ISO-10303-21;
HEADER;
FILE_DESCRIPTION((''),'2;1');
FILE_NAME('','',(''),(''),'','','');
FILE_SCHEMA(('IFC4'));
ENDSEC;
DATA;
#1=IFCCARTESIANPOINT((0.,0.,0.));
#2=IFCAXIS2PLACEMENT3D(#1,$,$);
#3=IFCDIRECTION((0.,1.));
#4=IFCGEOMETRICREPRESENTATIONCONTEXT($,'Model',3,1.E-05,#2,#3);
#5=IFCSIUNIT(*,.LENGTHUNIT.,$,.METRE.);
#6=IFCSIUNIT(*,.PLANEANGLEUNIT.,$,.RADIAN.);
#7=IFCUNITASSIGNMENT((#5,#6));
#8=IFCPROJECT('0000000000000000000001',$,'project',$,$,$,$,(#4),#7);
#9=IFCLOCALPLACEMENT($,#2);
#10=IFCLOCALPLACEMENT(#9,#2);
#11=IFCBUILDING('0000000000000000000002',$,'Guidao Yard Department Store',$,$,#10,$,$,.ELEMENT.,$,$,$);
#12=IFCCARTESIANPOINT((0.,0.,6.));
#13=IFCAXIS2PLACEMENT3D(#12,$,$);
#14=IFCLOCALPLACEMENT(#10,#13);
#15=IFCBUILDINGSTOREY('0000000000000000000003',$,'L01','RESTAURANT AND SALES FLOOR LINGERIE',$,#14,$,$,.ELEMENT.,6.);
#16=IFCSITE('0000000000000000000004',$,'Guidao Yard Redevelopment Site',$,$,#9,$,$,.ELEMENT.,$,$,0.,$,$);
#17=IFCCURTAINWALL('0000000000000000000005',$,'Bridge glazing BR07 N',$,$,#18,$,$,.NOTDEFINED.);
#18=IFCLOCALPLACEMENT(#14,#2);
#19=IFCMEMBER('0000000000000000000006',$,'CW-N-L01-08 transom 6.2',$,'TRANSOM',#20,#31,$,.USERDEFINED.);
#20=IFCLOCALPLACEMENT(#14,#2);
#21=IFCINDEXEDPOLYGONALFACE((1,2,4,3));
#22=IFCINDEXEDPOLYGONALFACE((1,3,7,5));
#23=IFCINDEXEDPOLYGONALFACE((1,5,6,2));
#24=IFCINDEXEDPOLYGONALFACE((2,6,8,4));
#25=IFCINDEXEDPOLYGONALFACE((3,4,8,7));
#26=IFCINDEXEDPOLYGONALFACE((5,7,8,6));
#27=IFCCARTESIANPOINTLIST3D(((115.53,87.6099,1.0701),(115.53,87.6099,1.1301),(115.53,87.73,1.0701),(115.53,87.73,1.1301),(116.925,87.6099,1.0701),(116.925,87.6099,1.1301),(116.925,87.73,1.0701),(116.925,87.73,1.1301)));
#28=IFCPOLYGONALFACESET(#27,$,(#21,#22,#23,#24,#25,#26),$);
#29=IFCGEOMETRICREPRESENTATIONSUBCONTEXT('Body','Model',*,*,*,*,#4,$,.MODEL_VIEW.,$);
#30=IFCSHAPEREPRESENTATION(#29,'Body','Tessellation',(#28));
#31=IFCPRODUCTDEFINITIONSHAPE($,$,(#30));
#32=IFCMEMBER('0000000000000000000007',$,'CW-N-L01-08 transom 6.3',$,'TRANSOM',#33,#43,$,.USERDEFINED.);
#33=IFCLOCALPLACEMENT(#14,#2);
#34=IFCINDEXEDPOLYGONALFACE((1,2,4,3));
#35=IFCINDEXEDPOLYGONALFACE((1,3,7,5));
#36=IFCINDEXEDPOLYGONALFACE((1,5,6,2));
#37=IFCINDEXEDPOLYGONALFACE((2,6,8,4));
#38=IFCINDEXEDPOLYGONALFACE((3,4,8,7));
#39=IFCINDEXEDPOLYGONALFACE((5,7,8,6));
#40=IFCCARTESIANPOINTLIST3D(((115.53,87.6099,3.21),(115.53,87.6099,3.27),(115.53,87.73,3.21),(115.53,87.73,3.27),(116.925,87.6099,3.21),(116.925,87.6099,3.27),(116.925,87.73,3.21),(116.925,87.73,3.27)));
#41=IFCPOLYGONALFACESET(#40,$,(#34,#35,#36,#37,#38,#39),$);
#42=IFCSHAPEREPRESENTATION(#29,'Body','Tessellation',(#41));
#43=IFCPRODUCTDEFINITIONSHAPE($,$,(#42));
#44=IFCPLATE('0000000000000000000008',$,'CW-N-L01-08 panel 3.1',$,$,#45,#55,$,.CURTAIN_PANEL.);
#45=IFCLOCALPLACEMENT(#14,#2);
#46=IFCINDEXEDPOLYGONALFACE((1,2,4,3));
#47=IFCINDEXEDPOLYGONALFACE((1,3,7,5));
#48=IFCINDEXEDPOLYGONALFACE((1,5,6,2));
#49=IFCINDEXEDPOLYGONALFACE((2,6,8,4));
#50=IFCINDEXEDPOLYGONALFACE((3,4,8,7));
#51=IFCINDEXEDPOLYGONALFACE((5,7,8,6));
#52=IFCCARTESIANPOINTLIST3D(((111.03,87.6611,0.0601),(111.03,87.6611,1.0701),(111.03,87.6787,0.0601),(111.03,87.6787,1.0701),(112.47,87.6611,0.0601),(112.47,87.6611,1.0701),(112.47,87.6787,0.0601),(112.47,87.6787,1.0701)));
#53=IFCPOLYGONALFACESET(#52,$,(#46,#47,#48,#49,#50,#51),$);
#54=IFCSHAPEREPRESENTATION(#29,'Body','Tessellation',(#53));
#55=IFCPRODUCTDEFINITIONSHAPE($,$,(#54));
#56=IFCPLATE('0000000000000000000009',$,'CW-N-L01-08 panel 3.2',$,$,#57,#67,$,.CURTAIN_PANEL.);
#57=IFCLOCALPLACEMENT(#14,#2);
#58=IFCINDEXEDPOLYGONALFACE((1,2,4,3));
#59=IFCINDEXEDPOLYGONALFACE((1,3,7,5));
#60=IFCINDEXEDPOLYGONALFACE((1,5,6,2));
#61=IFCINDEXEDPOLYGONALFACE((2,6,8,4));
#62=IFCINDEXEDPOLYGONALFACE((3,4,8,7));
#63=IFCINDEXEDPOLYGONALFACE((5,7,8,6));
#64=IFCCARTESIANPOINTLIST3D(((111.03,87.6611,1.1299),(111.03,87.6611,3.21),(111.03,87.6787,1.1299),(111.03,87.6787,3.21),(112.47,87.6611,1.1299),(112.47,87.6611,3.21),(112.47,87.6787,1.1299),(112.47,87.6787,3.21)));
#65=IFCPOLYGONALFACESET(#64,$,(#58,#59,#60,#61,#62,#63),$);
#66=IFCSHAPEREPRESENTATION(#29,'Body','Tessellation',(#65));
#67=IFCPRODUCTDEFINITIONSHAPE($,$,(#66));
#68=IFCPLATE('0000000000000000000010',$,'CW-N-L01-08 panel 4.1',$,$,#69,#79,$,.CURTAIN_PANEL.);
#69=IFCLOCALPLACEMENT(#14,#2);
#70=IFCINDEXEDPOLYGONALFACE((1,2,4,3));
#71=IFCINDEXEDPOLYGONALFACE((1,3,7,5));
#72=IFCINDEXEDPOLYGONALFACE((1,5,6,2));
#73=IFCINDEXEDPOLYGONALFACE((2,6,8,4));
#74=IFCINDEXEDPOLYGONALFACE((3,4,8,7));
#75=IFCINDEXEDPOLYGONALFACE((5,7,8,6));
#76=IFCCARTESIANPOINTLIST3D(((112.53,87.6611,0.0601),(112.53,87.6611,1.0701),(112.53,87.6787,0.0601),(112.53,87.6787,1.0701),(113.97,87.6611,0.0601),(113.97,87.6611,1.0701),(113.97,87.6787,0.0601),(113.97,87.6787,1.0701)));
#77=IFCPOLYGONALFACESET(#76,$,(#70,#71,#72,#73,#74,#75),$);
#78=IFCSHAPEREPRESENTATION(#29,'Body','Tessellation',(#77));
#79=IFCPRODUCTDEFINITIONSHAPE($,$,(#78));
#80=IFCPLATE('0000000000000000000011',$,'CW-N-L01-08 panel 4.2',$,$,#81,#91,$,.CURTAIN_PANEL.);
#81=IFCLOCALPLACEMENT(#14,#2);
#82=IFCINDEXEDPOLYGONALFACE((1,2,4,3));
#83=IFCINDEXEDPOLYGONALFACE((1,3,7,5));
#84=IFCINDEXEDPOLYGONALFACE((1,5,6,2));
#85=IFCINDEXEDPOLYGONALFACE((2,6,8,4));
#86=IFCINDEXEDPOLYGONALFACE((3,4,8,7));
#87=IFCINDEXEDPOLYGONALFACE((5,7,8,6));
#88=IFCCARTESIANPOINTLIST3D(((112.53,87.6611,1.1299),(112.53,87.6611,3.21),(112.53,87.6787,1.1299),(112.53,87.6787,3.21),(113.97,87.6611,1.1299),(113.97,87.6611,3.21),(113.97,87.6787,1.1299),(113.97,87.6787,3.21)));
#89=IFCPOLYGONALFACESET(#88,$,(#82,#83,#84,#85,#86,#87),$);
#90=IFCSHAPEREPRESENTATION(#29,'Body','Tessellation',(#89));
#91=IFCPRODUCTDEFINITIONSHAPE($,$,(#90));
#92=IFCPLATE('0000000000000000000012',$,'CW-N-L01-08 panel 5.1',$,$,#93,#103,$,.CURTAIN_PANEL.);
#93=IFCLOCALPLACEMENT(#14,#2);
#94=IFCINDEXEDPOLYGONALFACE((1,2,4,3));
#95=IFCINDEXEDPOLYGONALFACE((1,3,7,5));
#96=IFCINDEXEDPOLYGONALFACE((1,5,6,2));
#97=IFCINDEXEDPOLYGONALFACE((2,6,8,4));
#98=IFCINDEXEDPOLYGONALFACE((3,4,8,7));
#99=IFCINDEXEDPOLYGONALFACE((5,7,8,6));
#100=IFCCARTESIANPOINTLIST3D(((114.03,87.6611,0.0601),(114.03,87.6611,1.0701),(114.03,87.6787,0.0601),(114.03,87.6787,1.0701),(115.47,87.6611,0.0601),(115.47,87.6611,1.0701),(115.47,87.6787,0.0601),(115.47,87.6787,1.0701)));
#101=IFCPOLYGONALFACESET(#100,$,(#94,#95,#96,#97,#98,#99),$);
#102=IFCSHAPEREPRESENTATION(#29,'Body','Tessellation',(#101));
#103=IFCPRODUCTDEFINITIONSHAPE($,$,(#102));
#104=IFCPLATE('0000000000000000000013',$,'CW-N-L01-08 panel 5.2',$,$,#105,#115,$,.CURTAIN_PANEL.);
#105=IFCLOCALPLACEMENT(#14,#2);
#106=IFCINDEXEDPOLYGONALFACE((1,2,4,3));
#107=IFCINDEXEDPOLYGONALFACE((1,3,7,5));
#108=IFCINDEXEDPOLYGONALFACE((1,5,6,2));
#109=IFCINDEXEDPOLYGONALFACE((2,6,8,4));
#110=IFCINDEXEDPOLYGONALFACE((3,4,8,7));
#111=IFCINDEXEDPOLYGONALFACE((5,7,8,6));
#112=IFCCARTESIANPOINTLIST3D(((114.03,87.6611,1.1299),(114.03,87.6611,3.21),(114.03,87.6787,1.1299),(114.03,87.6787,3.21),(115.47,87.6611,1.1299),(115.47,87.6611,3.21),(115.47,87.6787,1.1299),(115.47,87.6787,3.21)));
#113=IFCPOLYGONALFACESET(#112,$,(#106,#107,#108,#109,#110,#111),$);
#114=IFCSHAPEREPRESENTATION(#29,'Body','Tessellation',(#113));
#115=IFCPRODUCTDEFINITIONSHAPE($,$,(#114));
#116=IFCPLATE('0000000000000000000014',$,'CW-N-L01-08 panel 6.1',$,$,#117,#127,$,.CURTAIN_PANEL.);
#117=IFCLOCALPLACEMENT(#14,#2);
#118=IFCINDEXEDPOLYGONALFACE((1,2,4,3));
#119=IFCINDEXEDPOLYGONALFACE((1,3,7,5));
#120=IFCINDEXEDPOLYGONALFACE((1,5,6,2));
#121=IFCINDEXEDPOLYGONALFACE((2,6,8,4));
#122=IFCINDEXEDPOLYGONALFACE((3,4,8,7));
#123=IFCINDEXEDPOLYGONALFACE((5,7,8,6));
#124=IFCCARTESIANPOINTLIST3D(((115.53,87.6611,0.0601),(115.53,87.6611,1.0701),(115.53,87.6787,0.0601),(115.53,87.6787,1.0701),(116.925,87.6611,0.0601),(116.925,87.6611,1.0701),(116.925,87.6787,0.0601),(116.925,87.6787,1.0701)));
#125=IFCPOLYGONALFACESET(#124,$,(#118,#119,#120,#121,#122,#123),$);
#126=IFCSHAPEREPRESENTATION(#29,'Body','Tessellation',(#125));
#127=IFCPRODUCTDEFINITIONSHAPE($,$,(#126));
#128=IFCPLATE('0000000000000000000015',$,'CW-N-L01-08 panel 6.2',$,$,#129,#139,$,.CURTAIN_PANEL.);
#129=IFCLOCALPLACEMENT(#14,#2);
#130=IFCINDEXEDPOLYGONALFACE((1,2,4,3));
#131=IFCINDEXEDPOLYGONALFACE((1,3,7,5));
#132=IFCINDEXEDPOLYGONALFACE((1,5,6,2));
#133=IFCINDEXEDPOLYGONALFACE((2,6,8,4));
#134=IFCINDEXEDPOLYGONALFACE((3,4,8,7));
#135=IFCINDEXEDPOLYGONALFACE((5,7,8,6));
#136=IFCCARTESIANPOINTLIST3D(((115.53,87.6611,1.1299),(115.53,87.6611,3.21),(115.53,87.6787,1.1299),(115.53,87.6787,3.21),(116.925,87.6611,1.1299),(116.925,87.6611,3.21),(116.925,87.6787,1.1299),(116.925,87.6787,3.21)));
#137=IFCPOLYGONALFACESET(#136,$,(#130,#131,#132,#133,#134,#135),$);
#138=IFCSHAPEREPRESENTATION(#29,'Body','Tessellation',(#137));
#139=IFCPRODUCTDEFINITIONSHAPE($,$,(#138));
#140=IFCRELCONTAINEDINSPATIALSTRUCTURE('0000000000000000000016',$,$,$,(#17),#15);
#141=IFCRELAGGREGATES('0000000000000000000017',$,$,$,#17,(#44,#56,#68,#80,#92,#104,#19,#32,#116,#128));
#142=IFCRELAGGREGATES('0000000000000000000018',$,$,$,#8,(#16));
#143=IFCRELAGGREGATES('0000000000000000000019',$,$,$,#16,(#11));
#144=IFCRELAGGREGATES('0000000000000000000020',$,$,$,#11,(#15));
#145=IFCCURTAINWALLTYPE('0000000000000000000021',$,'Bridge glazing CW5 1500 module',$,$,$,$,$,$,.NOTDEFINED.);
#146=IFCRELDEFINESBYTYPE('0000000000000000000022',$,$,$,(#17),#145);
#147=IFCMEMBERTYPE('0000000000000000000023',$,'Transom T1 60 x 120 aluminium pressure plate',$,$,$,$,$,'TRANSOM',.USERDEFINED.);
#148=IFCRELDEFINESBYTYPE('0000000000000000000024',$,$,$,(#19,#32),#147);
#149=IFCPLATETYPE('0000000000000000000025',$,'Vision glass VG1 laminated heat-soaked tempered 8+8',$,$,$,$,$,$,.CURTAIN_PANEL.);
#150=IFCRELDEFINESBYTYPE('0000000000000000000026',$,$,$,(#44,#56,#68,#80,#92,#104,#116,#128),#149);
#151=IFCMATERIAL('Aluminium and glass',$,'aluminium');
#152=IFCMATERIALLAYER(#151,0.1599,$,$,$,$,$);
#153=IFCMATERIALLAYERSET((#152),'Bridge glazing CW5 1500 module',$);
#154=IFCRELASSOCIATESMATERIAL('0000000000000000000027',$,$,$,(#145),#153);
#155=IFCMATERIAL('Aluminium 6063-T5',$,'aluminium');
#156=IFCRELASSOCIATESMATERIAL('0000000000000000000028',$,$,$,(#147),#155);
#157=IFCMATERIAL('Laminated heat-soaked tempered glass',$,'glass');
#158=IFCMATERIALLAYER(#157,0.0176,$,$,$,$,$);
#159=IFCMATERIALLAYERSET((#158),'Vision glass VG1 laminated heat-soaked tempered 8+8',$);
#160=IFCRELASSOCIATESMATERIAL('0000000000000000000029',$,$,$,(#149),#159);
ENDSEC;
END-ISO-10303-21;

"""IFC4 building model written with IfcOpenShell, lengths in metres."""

from ifc_helpers import new_model, si_unit, direction, frame, origin, origin_2d, place, context, subcontext, project, spatial, rectangle, extrude, material, layer, layer_set, material_profile, profile_set, type_object, element, aggregate, save


model = new_model("IFC4")

# Units and contexts
model_context = context("Model", 3, precision=1e-05, world=origin(), true_north=direction((0.0, 1.0)))
body_context = subcontext(model_context, "Body", "Model", "MODEL_VIEW")
ifc_project = project(units=[si_unit("LENGTHUNIT", "METRE"), si_unit("PLANEANGLEUNIT", "RADIAN")], contexts=[model_context])

# Site, building, storey
site_placement = place(None, origin())
site = spatial("IfcSite", under=ifc_project, at=site_placement, Name="Guidao Yard Redevelopment Site", CompositionType="ELEMENT", RefElevation=0.0)
building_placement = place(site_placement, origin())
building = spatial("IfcBuilding", under=site, at=building_placement, Name="Guidao Yard Department Store", CompositionType="ELEMENT")
storey_placement = place(building_placement, frame((0.0, 0.0, 6.0)))
storey = spatial("IfcBuildingStorey", under=building, at=storey_placement, Name="L01", Description="RESTAURANT AND SALES FLOOR LINGERIE", CompositionType="ELEMENT", Elevation=6.0)

# Curtain wall, members, plates
ifc_material_1 = material(Name="Aluminium and glass", Category="aluminium")
ifc_layer_1 = layer(ifc_material_1, 0.1599)
ifc_layer_set_1 = layer_set([ifc_layer_1], Name="Bridge glazing CW5 1500 module")
curtain_wall_type = type_object("IfcCurtainWallType", Name="Bridge glazing CW5 1500 module", PredefinedType="NOTDEFINED", material=ifc_layer_set_1)
curtain_wall_placement = place(storey_placement, origin())
curtain_wall = element("IfcCurtainWall", 1, at=curtain_wall_placement, inside=storey, type_object=curtain_wall_type, Name="Bridge glazing BR07 N", PredefinedType="NOTDEFINED")
ifc_material_2 = material(Name="Aluminium 6063-T5", Category="aluminium")
ifc_material_profile_1 = material_profile(ifc_material_2, rectangle(XDim=0.1201, YDim=0.0601, at=origin_2d()), Name="Transom T1 60 x 120 aluminium pressure plate")
ifc_profile_set_1 = profile_set([ifc_material_profile_1], Name="Aluminium 6063-T5")
member_type_1 = type_object("IfcMemberType", Name="Transom T1 60 x 120 aluminium pressure plate", ElementType="TRANSOM", PredefinedType="USERDEFINED", material=ifc_profile_set_1)
member_1_placement = place(storey_placement, frame((115.53, 87.6699, 1.1001), z_axis=(1.0, 0.0, 0.0), x_axis=(0.0, 1.0, 0.0)))
member_1 = element("IfcMember", 2, at=member_1_placement, type_object=member_type_1, Name="CW-N-L01-08 transom 6.2", ObjectType="TRANSOM", PredefinedType="USERDEFINED", context=body_context, shape_type="SweptSolid", body=[
    extrude(rectangle(XDim=0.1201, YDim=0.0601, at=origin_2d()), origin(), (0.0, 0.0, 1.0), 1.395),
])
member_2_placement = place(storey_placement, frame((115.53, 87.6699, 3.24), z_axis=(1.0, 0.0, 0.0), x_axis=(0.0, 1.0, 0.0)))
member_2 = element("IfcMember", 3, at=member_2_placement, type_object=member_type_1, Name="CW-N-L01-08 transom 6.3", ObjectType="TRANSOM", PredefinedType="USERDEFINED", context=body_context, shape_type="SweptSolid", body=[
    extrude(rectangle(XDim=0.1201, YDim=0.0601, at=origin_2d()), origin(), (0.0, 0.0, 1.0), 1.395),
])
ifc_material_3 = material(Name="Laminated heat-soaked tempered glass", Category="glass")
ifc_layer_2 = layer(ifc_material_3, 0.0176)
ifc_layer_set_2 = layer_set([ifc_layer_2], Name="Vision glass VG1 laminated heat-soaked tempered 8+8")
plate_type = type_object("IfcPlateType", Name="Vision glass VG1 laminated heat-soaked tempered 8+8", PredefinedType="CURTAIN_PANEL", material=ifc_layer_set_2)
plate_1_placement = place(storey_placement, frame((111.75, 87.6699, 0.0601), z_axis=(0.0, 0.0, 1.0), x_axis=(1.0, 0.0, 0.0)))
plate_1 = element("IfcPlate", 4, at=plate_1_placement, type_object=plate_type, Name="CW-N-L01-08 panel 3.1", PredefinedType="CURTAIN_PANEL", context=body_context, shape_type="SweptSolid", body=[
    extrude(rectangle(XDim=1.4399, YDim=0.0176, at=origin_2d()), origin(), (0.0, 0.0, 1.0), 1.01),
])
plate_2_placement = place(storey_placement, frame((111.75, 87.6699, 1.1299), z_axis=(0.0, 0.0, 1.0), x_axis=(1.0, 0.0, 0.0)))
plate_2 = element("IfcPlate", 5, at=plate_2_placement, type_object=plate_type, Name="CW-N-L01-08 panel 3.2", PredefinedType="CURTAIN_PANEL", context=body_context, shape_type="SweptSolid", body=[
    extrude(rectangle(XDim=1.4399, YDim=0.0176, at=origin_2d()), origin(), (0.0, 0.0, 1.0), 2.0801),
])
plate_3_placement = place(storey_placement, frame((113.25, 87.6699, 0.0601), z_axis=(0.0, 0.0, 1.0), x_axis=(1.0, 0.0, 0.0)))
plate_3 = element("IfcPlate", 6, at=plate_3_placement, type_object=plate_type, Name="CW-N-L01-08 panel 4.1", PredefinedType="CURTAIN_PANEL", context=body_context, shape_type="SweptSolid", body=[
    extrude(rectangle(XDim=1.4399, YDim=0.0176, at=origin_2d()), origin(), (0.0, 0.0, 1.0), 1.01),
])
plate_4_placement = place(storey_placement, frame((113.25, 87.6699, 1.1299), z_axis=(0.0, 0.0, 1.0), x_axis=(1.0, 0.0, 0.0)))
plate_4 = element("IfcPlate", 7, at=plate_4_placement, type_object=plate_type, Name="CW-N-L01-08 panel 4.2", PredefinedType="CURTAIN_PANEL", context=body_context, shape_type="SweptSolid", body=[
    extrude(rectangle(XDim=1.4399, YDim=0.0176, at=origin_2d()), origin(), (0.0, 0.0, 1.0), 2.0801),
])
plate_5_placement = place(storey_placement, frame((114.75, 87.6699, 0.0601), z_axis=(0.0, 0.0, 1.0), x_axis=(1.0, 0.0, 0.0)))
plate_5 = element("IfcPlate", 8, at=plate_5_placement, type_object=plate_type, Name="CW-N-L01-08 panel 5.1", PredefinedType="CURTAIN_PANEL", context=body_context, shape_type="SweptSolid", body=[
    extrude(rectangle(XDim=1.4399, YDim=0.0176, at=origin_2d()), origin(), (0.0, 0.0, 1.0), 1.01),
])
plate_6_placement = place(storey_placement, frame((114.75, 87.6699, 1.1299), z_axis=(0.0, 0.0, 1.0), x_axis=(1.0, 0.0, 0.0)))
plate_6 = element("IfcPlate", 9, at=plate_6_placement, type_object=plate_type, Name="CW-N-L01-08 panel 5.2", PredefinedType="CURTAIN_PANEL", context=body_context, shape_type="SweptSolid", body=[
    extrude(rectangle(XDim=1.4399, YDim=0.0176, at=origin_2d()), origin(), (0.0, 0.0, 1.0), 2.0801),
])
plate_7_placement = place(storey_placement, frame((116.2275, 87.6699, 0.0601), z_axis=(0.0, 0.0, 1.0), x_axis=(1.0, 0.0, 0.0)))
plate_7 = element("IfcPlate", 10, at=plate_7_placement, type_object=plate_type, Name="CW-N-L01-08 panel 6.1", PredefinedType="CURTAIN_PANEL", context=body_context, shape_type="SweptSolid", body=[
    extrude(rectangle(XDim=1.395, YDim=0.0176, at=origin_2d()), origin(), (0.0, 0.0, 1.0), 1.01),
])
plate_8_placement = place(storey_placement, frame((116.2275, 87.6699, 1.1299), z_axis=(0.0, 0.0, 1.0), x_axis=(1.0, 0.0, 0.0)))
plate_8 = element("IfcPlate", 11, at=plate_8_placement, type_object=plate_type, Name="CW-N-L01-08 panel 6.2", PredefinedType="CURTAIN_PANEL", context=body_context, shape_type="SweptSolid", body=[
    extrude(rectangle(XDim=1.395, YDim=0.0176, at=origin_2d()), origin(), (0.0, 0.0, 1.0), 2.0801),
])
aggregate(curtain_wall, [plate_1, plate_2, plate_3, plate_4, plate_5, plate_6, member_1, member_2, plate_7, plate_8])

save(model, "model.ifc")
